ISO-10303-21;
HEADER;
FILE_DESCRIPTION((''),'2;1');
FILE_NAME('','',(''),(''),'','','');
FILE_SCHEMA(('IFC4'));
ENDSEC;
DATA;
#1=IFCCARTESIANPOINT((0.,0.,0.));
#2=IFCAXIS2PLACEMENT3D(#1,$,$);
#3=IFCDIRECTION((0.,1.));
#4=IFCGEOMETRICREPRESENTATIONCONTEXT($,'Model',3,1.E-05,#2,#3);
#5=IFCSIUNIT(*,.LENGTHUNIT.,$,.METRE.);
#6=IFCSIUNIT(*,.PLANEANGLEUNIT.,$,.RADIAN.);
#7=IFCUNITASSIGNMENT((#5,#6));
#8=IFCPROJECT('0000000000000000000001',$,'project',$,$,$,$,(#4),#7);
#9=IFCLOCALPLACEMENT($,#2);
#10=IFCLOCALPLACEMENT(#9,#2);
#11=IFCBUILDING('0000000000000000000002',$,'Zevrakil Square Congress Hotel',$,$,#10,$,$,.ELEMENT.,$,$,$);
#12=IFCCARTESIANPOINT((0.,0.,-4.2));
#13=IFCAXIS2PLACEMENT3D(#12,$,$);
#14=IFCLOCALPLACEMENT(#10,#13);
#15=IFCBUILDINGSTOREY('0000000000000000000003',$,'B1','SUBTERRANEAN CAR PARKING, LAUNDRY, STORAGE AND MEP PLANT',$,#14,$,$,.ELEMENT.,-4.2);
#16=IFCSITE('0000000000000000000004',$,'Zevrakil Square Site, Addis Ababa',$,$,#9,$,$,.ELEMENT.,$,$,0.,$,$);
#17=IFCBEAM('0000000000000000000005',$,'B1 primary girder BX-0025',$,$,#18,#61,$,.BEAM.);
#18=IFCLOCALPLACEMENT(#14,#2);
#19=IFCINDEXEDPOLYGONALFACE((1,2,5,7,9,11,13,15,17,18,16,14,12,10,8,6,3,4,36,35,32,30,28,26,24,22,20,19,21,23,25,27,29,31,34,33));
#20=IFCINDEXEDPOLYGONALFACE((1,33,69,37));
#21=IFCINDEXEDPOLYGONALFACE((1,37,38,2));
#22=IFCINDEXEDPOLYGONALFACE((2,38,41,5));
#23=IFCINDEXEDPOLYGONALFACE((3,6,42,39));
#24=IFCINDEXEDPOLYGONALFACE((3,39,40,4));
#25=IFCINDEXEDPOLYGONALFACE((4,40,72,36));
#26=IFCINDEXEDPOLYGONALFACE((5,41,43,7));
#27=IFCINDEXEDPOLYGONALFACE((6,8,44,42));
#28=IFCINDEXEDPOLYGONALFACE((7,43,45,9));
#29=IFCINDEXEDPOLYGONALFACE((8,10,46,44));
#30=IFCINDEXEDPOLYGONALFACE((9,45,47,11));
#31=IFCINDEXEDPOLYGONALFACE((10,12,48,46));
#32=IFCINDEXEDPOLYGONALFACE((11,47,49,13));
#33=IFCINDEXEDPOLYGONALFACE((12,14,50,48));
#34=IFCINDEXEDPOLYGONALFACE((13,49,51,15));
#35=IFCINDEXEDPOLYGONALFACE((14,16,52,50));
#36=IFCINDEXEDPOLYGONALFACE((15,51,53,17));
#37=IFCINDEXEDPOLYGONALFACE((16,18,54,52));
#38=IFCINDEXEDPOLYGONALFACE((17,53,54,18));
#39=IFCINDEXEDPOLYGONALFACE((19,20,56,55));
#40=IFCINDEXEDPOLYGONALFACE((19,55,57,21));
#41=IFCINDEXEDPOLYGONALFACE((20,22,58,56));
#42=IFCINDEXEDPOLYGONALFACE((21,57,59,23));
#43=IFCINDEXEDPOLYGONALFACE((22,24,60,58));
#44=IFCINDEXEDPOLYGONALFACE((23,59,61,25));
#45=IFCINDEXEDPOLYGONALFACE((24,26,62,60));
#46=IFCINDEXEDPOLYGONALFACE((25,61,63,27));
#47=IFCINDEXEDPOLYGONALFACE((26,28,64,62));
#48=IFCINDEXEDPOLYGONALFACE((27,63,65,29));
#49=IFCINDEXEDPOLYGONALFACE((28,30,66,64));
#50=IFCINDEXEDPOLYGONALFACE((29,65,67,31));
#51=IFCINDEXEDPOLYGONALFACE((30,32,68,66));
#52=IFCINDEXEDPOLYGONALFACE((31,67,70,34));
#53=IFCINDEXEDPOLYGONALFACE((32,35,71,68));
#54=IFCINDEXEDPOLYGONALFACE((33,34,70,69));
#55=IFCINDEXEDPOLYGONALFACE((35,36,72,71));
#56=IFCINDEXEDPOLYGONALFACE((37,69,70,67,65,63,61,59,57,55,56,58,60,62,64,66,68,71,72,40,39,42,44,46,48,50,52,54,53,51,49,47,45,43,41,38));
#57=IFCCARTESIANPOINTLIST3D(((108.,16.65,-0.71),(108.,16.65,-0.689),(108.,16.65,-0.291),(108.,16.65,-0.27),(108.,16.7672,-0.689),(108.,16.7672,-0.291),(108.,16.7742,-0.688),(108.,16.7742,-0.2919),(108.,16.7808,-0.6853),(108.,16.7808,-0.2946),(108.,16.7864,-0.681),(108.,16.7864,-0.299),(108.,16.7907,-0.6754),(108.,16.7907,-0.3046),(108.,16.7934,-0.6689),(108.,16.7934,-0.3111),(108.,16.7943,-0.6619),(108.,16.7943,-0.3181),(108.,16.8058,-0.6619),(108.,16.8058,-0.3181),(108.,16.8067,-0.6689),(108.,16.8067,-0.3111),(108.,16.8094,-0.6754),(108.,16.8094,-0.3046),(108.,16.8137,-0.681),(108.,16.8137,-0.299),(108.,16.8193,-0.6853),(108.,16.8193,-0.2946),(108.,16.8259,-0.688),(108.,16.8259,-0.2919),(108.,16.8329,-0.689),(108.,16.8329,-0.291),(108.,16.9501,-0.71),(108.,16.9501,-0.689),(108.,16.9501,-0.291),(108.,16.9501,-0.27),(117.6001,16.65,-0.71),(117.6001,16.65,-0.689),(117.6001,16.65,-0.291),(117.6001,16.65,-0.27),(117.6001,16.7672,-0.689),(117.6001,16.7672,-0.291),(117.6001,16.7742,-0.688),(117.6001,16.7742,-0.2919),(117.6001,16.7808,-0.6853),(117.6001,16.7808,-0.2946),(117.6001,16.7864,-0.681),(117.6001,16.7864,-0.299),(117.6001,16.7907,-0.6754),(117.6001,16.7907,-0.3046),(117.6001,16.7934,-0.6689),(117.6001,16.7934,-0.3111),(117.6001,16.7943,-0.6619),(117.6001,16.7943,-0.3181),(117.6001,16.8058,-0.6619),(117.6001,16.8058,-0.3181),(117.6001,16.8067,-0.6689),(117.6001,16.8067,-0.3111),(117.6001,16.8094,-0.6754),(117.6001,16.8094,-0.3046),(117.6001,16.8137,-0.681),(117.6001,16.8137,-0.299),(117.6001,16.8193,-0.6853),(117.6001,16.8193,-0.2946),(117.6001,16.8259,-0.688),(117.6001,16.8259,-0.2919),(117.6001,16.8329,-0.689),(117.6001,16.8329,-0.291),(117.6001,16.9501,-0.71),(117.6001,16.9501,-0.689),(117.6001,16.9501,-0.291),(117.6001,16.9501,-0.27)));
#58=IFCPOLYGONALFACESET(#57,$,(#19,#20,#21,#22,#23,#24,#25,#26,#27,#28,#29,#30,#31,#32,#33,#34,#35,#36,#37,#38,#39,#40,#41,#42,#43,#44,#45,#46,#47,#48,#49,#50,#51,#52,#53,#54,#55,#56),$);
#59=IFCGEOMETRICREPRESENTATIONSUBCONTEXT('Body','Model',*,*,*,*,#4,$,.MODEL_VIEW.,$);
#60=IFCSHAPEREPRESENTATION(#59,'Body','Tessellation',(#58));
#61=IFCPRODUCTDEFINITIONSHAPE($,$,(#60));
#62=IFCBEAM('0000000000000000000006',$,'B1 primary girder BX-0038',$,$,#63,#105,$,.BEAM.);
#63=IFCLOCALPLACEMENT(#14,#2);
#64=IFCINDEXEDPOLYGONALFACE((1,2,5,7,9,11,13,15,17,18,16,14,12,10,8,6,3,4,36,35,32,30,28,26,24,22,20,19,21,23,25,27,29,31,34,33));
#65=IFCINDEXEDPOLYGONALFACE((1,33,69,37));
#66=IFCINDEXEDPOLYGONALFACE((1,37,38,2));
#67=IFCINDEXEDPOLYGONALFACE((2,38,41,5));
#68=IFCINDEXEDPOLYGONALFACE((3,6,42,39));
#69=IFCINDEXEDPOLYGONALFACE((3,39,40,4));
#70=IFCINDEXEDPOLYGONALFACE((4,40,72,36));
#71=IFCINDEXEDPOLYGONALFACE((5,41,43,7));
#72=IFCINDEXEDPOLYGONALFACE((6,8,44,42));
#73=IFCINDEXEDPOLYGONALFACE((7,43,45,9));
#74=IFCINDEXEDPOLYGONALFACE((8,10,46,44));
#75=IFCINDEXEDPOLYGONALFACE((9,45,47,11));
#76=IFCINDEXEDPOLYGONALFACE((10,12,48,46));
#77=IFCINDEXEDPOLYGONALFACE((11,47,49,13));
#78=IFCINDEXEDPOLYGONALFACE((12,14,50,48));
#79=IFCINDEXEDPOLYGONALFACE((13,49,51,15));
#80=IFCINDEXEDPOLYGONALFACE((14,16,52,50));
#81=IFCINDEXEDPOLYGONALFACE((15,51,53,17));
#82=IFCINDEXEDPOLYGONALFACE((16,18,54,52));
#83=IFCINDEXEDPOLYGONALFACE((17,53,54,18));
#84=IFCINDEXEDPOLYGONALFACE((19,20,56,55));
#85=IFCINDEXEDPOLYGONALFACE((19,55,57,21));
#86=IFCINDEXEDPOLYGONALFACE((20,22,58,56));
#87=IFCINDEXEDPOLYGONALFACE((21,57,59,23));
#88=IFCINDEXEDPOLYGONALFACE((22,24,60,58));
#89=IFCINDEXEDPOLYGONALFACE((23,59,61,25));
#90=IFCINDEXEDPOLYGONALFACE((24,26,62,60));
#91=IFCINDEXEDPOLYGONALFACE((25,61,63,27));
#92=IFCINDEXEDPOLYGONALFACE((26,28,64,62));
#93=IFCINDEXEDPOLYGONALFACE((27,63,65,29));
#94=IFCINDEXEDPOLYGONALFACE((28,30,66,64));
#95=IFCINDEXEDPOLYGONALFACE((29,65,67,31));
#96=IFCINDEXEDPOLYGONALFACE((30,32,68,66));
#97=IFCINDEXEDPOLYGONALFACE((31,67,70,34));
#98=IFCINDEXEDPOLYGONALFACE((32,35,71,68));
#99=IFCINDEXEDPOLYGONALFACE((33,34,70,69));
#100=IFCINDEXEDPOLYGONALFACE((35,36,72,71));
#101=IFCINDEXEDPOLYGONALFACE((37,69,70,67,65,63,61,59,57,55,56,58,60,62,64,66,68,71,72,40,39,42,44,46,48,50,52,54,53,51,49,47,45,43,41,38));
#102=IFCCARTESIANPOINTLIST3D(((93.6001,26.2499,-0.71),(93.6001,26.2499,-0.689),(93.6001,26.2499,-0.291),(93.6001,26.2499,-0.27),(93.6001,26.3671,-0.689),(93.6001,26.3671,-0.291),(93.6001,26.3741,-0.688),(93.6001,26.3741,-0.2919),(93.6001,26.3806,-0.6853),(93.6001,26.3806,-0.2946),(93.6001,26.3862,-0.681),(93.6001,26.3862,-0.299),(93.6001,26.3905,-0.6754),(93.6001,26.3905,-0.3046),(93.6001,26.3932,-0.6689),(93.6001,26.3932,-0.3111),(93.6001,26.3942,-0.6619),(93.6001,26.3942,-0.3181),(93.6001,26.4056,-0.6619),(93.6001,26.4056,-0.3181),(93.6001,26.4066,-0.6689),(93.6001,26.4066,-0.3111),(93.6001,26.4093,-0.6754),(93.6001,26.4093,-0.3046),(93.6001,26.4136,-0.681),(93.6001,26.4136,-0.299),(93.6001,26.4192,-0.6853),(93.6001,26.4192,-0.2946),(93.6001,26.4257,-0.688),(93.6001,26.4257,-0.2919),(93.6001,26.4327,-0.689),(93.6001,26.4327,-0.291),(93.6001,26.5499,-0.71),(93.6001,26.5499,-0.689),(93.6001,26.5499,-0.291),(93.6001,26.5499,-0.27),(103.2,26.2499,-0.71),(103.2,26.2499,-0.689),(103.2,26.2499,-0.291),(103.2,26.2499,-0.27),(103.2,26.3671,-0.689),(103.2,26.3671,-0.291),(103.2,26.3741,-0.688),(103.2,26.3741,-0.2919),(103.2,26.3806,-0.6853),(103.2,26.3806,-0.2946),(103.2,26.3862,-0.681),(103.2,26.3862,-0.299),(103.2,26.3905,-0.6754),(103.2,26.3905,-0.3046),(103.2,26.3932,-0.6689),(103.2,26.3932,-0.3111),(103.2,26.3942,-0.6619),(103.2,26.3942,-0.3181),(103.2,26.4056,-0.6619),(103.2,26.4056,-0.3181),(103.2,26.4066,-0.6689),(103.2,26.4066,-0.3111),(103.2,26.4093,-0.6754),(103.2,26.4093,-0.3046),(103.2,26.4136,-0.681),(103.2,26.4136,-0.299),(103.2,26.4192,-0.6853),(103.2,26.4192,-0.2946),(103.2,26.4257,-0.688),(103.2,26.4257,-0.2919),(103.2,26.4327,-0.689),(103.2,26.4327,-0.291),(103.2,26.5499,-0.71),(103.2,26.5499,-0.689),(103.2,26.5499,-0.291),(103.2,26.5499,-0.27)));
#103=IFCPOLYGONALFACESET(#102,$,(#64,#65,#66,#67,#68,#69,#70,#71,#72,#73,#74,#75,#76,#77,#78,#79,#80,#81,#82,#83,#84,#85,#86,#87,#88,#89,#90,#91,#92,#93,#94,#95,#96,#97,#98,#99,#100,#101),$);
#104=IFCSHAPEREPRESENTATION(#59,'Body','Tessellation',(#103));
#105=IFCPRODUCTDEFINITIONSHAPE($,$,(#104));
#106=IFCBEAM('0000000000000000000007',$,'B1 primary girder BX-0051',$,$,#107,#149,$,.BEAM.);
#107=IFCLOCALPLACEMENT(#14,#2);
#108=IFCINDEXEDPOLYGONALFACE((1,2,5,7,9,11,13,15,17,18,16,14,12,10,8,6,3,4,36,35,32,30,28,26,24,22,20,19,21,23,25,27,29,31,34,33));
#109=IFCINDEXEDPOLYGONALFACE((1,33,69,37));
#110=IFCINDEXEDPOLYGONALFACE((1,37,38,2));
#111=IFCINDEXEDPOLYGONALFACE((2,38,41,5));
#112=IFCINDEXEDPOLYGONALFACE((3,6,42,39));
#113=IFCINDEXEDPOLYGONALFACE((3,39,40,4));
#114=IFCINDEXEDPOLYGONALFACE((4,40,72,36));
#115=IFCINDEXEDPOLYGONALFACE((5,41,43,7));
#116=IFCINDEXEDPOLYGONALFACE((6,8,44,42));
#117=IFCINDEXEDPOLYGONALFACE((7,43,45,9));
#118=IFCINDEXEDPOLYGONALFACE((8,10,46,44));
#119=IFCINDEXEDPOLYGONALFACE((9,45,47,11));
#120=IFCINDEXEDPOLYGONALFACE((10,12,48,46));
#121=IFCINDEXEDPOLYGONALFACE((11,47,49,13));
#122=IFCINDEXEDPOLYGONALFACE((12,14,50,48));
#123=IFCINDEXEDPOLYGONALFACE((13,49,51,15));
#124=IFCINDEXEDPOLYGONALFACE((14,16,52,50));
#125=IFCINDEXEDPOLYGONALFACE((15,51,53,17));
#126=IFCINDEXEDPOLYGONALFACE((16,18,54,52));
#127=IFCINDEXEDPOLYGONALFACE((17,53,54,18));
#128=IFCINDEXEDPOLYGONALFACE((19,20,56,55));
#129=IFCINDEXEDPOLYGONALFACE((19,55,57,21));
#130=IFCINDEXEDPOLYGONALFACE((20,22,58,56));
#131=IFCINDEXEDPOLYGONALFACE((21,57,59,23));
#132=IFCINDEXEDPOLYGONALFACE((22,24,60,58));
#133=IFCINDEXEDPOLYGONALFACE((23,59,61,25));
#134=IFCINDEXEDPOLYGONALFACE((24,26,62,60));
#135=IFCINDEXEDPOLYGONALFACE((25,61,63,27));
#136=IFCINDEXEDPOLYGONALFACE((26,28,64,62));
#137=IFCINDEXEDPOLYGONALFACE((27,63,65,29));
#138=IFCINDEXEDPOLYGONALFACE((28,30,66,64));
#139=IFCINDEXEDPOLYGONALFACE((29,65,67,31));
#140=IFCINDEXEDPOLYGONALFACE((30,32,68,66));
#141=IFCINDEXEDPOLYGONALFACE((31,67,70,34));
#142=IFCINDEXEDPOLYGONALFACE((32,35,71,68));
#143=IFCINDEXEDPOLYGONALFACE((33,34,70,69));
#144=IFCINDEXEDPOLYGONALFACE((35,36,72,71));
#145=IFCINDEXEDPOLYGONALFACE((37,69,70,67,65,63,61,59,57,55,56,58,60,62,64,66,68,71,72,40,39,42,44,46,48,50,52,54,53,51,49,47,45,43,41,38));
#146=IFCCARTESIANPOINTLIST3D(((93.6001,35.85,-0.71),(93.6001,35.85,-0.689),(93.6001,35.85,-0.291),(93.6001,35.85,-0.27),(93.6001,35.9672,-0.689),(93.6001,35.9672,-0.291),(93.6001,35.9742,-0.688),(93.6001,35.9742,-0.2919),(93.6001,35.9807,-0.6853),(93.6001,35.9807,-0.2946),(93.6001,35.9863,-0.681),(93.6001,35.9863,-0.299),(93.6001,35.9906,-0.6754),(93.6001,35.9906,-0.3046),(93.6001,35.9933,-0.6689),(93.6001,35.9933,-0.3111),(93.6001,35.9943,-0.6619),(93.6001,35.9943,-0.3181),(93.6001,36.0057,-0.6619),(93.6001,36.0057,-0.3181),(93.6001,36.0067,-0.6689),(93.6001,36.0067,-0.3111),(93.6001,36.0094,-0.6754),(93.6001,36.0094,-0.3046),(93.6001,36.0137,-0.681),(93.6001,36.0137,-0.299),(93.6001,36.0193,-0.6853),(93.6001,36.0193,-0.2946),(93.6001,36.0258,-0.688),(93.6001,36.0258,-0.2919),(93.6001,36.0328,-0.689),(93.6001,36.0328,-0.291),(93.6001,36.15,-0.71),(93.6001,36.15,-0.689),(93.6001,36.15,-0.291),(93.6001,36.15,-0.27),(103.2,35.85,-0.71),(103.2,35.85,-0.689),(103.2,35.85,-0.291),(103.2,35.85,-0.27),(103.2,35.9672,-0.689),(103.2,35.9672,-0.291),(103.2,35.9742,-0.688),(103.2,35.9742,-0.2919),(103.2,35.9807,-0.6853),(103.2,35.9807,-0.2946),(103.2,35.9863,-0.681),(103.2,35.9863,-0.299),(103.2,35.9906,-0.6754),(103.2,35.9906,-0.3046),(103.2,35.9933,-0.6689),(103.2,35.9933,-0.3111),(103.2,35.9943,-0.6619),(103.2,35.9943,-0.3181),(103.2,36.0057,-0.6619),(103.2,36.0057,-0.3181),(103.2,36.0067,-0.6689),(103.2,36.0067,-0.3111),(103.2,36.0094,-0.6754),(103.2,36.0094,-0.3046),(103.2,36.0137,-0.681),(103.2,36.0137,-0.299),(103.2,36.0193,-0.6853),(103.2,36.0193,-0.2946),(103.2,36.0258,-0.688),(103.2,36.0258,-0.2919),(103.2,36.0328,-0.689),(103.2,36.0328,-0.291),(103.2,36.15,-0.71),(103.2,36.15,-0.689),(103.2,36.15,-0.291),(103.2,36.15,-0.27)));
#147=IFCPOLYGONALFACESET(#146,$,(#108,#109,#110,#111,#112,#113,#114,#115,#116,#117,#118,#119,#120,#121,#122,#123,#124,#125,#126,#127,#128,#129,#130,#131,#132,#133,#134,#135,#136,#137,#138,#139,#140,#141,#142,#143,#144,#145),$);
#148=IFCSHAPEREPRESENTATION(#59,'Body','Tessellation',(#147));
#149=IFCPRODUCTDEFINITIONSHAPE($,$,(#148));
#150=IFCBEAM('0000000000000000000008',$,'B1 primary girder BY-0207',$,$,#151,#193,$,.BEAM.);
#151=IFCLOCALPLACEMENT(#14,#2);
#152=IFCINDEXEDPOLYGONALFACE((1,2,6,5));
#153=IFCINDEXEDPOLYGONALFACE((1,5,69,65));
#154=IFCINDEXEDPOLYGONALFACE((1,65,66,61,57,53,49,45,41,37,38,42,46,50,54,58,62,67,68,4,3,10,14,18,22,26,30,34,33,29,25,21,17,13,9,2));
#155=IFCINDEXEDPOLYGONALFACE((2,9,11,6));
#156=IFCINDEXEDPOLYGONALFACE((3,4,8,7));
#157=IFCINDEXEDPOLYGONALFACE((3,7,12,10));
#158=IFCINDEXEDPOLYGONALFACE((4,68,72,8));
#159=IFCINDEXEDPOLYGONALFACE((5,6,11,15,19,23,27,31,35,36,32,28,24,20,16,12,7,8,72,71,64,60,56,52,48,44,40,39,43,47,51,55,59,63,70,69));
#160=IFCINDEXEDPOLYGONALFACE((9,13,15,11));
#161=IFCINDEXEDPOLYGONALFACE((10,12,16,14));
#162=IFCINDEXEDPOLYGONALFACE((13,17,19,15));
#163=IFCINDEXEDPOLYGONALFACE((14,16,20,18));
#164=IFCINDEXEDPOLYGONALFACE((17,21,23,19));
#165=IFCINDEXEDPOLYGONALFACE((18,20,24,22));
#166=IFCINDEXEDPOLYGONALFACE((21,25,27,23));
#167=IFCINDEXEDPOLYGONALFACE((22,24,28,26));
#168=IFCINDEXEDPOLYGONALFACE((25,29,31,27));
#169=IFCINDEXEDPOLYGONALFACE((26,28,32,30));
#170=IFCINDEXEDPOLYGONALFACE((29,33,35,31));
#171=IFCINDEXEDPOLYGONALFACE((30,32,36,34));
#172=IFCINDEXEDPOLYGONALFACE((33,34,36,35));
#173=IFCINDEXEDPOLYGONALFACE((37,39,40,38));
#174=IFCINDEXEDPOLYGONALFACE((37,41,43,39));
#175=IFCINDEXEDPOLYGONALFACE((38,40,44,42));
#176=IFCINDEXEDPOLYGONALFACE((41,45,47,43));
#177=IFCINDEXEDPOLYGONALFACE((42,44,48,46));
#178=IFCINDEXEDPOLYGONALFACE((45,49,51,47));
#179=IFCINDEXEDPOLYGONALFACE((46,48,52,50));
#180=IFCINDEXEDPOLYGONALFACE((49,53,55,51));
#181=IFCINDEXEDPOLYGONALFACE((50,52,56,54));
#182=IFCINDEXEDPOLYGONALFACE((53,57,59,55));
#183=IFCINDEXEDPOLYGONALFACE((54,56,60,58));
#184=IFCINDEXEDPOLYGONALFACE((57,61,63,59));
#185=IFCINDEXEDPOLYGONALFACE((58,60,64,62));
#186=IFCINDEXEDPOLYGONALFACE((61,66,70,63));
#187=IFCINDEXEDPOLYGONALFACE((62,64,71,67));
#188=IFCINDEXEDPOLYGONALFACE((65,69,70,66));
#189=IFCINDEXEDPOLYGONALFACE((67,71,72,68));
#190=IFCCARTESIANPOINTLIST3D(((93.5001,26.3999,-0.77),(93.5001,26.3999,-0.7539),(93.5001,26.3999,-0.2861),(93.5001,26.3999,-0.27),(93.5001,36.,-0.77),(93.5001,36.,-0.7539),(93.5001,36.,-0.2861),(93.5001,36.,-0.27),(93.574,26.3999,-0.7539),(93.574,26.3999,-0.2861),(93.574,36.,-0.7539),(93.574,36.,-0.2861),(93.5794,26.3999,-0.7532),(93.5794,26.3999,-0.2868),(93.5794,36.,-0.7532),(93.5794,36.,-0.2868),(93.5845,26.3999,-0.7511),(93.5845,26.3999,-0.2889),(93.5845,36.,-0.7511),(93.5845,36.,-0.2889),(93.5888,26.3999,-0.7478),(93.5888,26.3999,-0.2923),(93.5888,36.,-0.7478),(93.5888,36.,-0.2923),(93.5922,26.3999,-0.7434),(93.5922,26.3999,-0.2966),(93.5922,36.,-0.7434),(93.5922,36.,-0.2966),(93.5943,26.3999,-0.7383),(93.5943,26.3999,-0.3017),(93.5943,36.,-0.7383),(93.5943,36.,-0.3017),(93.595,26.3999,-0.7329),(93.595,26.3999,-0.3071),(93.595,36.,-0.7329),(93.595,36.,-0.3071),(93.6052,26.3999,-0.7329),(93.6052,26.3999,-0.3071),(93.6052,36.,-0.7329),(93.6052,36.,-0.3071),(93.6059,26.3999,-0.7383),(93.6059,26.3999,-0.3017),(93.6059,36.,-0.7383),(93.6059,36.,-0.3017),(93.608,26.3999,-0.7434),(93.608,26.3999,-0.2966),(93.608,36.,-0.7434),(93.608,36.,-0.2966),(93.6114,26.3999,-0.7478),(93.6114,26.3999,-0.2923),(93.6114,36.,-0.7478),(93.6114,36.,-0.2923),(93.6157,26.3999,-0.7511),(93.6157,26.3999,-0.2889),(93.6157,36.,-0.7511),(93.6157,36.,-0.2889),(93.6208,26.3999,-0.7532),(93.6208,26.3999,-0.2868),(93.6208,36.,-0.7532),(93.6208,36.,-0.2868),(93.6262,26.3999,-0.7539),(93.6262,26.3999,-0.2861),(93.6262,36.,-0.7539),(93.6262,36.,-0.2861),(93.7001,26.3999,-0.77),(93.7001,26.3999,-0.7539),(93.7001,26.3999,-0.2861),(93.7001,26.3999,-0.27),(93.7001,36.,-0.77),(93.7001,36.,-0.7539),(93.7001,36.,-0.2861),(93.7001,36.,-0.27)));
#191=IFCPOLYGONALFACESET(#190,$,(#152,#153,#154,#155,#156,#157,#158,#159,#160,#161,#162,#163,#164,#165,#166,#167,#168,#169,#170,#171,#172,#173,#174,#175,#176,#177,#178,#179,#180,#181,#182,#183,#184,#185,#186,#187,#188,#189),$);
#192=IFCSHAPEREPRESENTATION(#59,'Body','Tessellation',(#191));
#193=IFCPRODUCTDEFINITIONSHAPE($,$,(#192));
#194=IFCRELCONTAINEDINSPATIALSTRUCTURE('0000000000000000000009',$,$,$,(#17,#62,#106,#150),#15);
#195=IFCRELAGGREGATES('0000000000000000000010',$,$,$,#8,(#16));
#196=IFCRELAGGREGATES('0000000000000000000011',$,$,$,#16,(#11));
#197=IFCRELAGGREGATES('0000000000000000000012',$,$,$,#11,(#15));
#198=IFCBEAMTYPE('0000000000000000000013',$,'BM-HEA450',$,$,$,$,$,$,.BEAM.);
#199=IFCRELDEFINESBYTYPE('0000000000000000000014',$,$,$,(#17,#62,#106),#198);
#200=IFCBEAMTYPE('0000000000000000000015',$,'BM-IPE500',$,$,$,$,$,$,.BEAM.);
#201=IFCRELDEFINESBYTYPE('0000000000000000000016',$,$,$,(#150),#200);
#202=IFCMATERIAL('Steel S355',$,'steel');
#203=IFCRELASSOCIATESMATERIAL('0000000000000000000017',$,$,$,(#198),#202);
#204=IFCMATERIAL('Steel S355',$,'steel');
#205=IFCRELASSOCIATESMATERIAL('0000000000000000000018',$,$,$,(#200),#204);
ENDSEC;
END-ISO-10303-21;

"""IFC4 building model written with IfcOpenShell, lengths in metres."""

from ifc_helpers import new_model, si_unit, direction, frame, origin, origin_2d, place, context, subcontext, project, spatial, i_section, extrude, material, material_profile, profile_set, type_object, element, save


model = new_model("IFC4")

# Units and contexts
model_context = context("Model", 3, precision=1e-05, world=origin(), true_north=direction((0.0, 1.0)))
body_context = subcontext(model_context, "Body", "Model", "MODEL_VIEW")
ifc_project = project(units=[si_unit("LENGTHUNIT", "METRE"), si_unit("PLANEANGLEUNIT", "RADIAN")], contexts=[model_context])

# Site, building, storey
site_placement = place(None, origin())
site = spatial("IfcSite", under=ifc_project, at=site_placement, Name="Zevrakil Square Site, Addis Ababa", CompositionType="ELEMENT", RefElevation=0.0)
building_placement = place(site_placement, origin())
building = spatial("IfcBuilding", under=site, at=building_placement, Name="Zevrakil Square Congress Hotel", CompositionType="ELEMENT")
storey_placement = place(building_placement, frame((0.0, 0.0, -4.2)))
storey = spatial("IfcBuildingStorey", under=building, at=storey_placement, Name="B1", Description="SUBTERRANEAN CAR PARKING, LAUNDRY, STORAGE AND MEP PLANT", CompositionType="ELEMENT", Elevation=-4.2)

# Beams
ifc_material_1 = material(Name="Steel S355", Category="steel")
ifc_material_profile_1 = material_profile(ifc_material_1, i_section(OverallWidth=0.3, OverallDepth=0.4399, WebThickness=0.0115, FlangeThickness=0.021, FilletRadius=0.0271, at=origin_2d()), Name="HEA 450")
ifc_profile_set_1 = profile_set([ifc_material_profile_1], Name="Steel S355")
beam_type_1 = type_object("IfcBeamType", Name="BM-HEA450", PredefinedType="BEAM", material=ifc_profile_set_1)
beam_1_placement = place(storey_placement, frame((108.0, 16.8, -0.49), z_axis=(1.0, 0.0, 0.0), x_axis=(0.0, 1.0, 0.0)))
element("IfcBeam", 1, at=beam_1_placement, inside=storey, type_object=beam_type_1, Name="B1 primary girder BX-0025", PredefinedType="BEAM", context=body_context, shape_type="SweptSolid", body=[
    extrude(i_section(OverallWidth=0.3, OverallDepth=0.4399, WebThickness=0.0115, FlangeThickness=0.021, FilletRadius=0.0271, at=origin_2d()), origin(), (0.0, 0.0, 1.0), 9.6001),
])
for number, where, z_axis, x_axis, name in (
    (2, (93.6001, 26.3999, -0.49), (1.0, 0.0, 0.0), (0.0, 1.0, 0.0), "B1 primary girder BX-0038"),
    (3, (93.6001, 36.0, -0.49), (1.0, 0.0, 0.0), (0.0, 1.0, 0.0), "B1 primary girder BX-0051"),
):
    element("IfcBeam", number, at=place(storey_placement, frame(where, z_axis=z_axis, x_axis=x_axis)), inside=storey, type_object=beam_type_1, Name=name, PredefinedType="BEAM", context=body_context, shape_type="SweptSolid", body=[
        extrude(i_section(OverallWidth=0.3, OverallDepth=0.4399, WebThickness=0.0115, FlangeThickness=0.021, FilletRadius=0.0271, at=origin_2d()), origin(), (0.0, 0.0, 1.0), 9.5999),
    ])
ifc_material_2 = material(Name="Steel S355", Category="steel")
ifc_material_profile_2 = material_profile(ifc_material_2, i_section(OverallWidth=0.2, OverallDepth=0.5, WebThickness=0.0103, FlangeThickness=0.0161, FilletRadius=0.021, at=origin_2d()), Name="IPE 500")
ifc_profile_set_2 = profile_set([ifc_material_profile_2], Name="Steel S355")
beam_type_2 = type_object("IfcBeamType", Name="BM-IPE500", PredefinedType="BEAM", material=ifc_profile_set_2)
for number, where, z_axis, x_axis, name in (
    (4, (93.6001, 26.3999, -0.52), (0.0, 1.0, 0.0), (-1.0, 0.0, 0.0), "B1 primary girder BY-0207"),
):
    element("IfcBeam", number, at=place(storey_placement, frame(where, z_axis=z_axis, x_axis=x_axis)), inside=storey, type_object=beam_type_2, Name=name, PredefinedType="BEAM", context=body_context, shape_type="SweptSolid", body=[
        extrude(i_section(OverallWidth=0.2, OverallDepth=0.5, WebThickness=0.0103, FlangeThickness=0.0161, FilletRadius=0.021, at=origin_2d()), origin(), (0.0, 0.0, 1.0), 9.6001),
    ])

save(model, "model.ifc")
